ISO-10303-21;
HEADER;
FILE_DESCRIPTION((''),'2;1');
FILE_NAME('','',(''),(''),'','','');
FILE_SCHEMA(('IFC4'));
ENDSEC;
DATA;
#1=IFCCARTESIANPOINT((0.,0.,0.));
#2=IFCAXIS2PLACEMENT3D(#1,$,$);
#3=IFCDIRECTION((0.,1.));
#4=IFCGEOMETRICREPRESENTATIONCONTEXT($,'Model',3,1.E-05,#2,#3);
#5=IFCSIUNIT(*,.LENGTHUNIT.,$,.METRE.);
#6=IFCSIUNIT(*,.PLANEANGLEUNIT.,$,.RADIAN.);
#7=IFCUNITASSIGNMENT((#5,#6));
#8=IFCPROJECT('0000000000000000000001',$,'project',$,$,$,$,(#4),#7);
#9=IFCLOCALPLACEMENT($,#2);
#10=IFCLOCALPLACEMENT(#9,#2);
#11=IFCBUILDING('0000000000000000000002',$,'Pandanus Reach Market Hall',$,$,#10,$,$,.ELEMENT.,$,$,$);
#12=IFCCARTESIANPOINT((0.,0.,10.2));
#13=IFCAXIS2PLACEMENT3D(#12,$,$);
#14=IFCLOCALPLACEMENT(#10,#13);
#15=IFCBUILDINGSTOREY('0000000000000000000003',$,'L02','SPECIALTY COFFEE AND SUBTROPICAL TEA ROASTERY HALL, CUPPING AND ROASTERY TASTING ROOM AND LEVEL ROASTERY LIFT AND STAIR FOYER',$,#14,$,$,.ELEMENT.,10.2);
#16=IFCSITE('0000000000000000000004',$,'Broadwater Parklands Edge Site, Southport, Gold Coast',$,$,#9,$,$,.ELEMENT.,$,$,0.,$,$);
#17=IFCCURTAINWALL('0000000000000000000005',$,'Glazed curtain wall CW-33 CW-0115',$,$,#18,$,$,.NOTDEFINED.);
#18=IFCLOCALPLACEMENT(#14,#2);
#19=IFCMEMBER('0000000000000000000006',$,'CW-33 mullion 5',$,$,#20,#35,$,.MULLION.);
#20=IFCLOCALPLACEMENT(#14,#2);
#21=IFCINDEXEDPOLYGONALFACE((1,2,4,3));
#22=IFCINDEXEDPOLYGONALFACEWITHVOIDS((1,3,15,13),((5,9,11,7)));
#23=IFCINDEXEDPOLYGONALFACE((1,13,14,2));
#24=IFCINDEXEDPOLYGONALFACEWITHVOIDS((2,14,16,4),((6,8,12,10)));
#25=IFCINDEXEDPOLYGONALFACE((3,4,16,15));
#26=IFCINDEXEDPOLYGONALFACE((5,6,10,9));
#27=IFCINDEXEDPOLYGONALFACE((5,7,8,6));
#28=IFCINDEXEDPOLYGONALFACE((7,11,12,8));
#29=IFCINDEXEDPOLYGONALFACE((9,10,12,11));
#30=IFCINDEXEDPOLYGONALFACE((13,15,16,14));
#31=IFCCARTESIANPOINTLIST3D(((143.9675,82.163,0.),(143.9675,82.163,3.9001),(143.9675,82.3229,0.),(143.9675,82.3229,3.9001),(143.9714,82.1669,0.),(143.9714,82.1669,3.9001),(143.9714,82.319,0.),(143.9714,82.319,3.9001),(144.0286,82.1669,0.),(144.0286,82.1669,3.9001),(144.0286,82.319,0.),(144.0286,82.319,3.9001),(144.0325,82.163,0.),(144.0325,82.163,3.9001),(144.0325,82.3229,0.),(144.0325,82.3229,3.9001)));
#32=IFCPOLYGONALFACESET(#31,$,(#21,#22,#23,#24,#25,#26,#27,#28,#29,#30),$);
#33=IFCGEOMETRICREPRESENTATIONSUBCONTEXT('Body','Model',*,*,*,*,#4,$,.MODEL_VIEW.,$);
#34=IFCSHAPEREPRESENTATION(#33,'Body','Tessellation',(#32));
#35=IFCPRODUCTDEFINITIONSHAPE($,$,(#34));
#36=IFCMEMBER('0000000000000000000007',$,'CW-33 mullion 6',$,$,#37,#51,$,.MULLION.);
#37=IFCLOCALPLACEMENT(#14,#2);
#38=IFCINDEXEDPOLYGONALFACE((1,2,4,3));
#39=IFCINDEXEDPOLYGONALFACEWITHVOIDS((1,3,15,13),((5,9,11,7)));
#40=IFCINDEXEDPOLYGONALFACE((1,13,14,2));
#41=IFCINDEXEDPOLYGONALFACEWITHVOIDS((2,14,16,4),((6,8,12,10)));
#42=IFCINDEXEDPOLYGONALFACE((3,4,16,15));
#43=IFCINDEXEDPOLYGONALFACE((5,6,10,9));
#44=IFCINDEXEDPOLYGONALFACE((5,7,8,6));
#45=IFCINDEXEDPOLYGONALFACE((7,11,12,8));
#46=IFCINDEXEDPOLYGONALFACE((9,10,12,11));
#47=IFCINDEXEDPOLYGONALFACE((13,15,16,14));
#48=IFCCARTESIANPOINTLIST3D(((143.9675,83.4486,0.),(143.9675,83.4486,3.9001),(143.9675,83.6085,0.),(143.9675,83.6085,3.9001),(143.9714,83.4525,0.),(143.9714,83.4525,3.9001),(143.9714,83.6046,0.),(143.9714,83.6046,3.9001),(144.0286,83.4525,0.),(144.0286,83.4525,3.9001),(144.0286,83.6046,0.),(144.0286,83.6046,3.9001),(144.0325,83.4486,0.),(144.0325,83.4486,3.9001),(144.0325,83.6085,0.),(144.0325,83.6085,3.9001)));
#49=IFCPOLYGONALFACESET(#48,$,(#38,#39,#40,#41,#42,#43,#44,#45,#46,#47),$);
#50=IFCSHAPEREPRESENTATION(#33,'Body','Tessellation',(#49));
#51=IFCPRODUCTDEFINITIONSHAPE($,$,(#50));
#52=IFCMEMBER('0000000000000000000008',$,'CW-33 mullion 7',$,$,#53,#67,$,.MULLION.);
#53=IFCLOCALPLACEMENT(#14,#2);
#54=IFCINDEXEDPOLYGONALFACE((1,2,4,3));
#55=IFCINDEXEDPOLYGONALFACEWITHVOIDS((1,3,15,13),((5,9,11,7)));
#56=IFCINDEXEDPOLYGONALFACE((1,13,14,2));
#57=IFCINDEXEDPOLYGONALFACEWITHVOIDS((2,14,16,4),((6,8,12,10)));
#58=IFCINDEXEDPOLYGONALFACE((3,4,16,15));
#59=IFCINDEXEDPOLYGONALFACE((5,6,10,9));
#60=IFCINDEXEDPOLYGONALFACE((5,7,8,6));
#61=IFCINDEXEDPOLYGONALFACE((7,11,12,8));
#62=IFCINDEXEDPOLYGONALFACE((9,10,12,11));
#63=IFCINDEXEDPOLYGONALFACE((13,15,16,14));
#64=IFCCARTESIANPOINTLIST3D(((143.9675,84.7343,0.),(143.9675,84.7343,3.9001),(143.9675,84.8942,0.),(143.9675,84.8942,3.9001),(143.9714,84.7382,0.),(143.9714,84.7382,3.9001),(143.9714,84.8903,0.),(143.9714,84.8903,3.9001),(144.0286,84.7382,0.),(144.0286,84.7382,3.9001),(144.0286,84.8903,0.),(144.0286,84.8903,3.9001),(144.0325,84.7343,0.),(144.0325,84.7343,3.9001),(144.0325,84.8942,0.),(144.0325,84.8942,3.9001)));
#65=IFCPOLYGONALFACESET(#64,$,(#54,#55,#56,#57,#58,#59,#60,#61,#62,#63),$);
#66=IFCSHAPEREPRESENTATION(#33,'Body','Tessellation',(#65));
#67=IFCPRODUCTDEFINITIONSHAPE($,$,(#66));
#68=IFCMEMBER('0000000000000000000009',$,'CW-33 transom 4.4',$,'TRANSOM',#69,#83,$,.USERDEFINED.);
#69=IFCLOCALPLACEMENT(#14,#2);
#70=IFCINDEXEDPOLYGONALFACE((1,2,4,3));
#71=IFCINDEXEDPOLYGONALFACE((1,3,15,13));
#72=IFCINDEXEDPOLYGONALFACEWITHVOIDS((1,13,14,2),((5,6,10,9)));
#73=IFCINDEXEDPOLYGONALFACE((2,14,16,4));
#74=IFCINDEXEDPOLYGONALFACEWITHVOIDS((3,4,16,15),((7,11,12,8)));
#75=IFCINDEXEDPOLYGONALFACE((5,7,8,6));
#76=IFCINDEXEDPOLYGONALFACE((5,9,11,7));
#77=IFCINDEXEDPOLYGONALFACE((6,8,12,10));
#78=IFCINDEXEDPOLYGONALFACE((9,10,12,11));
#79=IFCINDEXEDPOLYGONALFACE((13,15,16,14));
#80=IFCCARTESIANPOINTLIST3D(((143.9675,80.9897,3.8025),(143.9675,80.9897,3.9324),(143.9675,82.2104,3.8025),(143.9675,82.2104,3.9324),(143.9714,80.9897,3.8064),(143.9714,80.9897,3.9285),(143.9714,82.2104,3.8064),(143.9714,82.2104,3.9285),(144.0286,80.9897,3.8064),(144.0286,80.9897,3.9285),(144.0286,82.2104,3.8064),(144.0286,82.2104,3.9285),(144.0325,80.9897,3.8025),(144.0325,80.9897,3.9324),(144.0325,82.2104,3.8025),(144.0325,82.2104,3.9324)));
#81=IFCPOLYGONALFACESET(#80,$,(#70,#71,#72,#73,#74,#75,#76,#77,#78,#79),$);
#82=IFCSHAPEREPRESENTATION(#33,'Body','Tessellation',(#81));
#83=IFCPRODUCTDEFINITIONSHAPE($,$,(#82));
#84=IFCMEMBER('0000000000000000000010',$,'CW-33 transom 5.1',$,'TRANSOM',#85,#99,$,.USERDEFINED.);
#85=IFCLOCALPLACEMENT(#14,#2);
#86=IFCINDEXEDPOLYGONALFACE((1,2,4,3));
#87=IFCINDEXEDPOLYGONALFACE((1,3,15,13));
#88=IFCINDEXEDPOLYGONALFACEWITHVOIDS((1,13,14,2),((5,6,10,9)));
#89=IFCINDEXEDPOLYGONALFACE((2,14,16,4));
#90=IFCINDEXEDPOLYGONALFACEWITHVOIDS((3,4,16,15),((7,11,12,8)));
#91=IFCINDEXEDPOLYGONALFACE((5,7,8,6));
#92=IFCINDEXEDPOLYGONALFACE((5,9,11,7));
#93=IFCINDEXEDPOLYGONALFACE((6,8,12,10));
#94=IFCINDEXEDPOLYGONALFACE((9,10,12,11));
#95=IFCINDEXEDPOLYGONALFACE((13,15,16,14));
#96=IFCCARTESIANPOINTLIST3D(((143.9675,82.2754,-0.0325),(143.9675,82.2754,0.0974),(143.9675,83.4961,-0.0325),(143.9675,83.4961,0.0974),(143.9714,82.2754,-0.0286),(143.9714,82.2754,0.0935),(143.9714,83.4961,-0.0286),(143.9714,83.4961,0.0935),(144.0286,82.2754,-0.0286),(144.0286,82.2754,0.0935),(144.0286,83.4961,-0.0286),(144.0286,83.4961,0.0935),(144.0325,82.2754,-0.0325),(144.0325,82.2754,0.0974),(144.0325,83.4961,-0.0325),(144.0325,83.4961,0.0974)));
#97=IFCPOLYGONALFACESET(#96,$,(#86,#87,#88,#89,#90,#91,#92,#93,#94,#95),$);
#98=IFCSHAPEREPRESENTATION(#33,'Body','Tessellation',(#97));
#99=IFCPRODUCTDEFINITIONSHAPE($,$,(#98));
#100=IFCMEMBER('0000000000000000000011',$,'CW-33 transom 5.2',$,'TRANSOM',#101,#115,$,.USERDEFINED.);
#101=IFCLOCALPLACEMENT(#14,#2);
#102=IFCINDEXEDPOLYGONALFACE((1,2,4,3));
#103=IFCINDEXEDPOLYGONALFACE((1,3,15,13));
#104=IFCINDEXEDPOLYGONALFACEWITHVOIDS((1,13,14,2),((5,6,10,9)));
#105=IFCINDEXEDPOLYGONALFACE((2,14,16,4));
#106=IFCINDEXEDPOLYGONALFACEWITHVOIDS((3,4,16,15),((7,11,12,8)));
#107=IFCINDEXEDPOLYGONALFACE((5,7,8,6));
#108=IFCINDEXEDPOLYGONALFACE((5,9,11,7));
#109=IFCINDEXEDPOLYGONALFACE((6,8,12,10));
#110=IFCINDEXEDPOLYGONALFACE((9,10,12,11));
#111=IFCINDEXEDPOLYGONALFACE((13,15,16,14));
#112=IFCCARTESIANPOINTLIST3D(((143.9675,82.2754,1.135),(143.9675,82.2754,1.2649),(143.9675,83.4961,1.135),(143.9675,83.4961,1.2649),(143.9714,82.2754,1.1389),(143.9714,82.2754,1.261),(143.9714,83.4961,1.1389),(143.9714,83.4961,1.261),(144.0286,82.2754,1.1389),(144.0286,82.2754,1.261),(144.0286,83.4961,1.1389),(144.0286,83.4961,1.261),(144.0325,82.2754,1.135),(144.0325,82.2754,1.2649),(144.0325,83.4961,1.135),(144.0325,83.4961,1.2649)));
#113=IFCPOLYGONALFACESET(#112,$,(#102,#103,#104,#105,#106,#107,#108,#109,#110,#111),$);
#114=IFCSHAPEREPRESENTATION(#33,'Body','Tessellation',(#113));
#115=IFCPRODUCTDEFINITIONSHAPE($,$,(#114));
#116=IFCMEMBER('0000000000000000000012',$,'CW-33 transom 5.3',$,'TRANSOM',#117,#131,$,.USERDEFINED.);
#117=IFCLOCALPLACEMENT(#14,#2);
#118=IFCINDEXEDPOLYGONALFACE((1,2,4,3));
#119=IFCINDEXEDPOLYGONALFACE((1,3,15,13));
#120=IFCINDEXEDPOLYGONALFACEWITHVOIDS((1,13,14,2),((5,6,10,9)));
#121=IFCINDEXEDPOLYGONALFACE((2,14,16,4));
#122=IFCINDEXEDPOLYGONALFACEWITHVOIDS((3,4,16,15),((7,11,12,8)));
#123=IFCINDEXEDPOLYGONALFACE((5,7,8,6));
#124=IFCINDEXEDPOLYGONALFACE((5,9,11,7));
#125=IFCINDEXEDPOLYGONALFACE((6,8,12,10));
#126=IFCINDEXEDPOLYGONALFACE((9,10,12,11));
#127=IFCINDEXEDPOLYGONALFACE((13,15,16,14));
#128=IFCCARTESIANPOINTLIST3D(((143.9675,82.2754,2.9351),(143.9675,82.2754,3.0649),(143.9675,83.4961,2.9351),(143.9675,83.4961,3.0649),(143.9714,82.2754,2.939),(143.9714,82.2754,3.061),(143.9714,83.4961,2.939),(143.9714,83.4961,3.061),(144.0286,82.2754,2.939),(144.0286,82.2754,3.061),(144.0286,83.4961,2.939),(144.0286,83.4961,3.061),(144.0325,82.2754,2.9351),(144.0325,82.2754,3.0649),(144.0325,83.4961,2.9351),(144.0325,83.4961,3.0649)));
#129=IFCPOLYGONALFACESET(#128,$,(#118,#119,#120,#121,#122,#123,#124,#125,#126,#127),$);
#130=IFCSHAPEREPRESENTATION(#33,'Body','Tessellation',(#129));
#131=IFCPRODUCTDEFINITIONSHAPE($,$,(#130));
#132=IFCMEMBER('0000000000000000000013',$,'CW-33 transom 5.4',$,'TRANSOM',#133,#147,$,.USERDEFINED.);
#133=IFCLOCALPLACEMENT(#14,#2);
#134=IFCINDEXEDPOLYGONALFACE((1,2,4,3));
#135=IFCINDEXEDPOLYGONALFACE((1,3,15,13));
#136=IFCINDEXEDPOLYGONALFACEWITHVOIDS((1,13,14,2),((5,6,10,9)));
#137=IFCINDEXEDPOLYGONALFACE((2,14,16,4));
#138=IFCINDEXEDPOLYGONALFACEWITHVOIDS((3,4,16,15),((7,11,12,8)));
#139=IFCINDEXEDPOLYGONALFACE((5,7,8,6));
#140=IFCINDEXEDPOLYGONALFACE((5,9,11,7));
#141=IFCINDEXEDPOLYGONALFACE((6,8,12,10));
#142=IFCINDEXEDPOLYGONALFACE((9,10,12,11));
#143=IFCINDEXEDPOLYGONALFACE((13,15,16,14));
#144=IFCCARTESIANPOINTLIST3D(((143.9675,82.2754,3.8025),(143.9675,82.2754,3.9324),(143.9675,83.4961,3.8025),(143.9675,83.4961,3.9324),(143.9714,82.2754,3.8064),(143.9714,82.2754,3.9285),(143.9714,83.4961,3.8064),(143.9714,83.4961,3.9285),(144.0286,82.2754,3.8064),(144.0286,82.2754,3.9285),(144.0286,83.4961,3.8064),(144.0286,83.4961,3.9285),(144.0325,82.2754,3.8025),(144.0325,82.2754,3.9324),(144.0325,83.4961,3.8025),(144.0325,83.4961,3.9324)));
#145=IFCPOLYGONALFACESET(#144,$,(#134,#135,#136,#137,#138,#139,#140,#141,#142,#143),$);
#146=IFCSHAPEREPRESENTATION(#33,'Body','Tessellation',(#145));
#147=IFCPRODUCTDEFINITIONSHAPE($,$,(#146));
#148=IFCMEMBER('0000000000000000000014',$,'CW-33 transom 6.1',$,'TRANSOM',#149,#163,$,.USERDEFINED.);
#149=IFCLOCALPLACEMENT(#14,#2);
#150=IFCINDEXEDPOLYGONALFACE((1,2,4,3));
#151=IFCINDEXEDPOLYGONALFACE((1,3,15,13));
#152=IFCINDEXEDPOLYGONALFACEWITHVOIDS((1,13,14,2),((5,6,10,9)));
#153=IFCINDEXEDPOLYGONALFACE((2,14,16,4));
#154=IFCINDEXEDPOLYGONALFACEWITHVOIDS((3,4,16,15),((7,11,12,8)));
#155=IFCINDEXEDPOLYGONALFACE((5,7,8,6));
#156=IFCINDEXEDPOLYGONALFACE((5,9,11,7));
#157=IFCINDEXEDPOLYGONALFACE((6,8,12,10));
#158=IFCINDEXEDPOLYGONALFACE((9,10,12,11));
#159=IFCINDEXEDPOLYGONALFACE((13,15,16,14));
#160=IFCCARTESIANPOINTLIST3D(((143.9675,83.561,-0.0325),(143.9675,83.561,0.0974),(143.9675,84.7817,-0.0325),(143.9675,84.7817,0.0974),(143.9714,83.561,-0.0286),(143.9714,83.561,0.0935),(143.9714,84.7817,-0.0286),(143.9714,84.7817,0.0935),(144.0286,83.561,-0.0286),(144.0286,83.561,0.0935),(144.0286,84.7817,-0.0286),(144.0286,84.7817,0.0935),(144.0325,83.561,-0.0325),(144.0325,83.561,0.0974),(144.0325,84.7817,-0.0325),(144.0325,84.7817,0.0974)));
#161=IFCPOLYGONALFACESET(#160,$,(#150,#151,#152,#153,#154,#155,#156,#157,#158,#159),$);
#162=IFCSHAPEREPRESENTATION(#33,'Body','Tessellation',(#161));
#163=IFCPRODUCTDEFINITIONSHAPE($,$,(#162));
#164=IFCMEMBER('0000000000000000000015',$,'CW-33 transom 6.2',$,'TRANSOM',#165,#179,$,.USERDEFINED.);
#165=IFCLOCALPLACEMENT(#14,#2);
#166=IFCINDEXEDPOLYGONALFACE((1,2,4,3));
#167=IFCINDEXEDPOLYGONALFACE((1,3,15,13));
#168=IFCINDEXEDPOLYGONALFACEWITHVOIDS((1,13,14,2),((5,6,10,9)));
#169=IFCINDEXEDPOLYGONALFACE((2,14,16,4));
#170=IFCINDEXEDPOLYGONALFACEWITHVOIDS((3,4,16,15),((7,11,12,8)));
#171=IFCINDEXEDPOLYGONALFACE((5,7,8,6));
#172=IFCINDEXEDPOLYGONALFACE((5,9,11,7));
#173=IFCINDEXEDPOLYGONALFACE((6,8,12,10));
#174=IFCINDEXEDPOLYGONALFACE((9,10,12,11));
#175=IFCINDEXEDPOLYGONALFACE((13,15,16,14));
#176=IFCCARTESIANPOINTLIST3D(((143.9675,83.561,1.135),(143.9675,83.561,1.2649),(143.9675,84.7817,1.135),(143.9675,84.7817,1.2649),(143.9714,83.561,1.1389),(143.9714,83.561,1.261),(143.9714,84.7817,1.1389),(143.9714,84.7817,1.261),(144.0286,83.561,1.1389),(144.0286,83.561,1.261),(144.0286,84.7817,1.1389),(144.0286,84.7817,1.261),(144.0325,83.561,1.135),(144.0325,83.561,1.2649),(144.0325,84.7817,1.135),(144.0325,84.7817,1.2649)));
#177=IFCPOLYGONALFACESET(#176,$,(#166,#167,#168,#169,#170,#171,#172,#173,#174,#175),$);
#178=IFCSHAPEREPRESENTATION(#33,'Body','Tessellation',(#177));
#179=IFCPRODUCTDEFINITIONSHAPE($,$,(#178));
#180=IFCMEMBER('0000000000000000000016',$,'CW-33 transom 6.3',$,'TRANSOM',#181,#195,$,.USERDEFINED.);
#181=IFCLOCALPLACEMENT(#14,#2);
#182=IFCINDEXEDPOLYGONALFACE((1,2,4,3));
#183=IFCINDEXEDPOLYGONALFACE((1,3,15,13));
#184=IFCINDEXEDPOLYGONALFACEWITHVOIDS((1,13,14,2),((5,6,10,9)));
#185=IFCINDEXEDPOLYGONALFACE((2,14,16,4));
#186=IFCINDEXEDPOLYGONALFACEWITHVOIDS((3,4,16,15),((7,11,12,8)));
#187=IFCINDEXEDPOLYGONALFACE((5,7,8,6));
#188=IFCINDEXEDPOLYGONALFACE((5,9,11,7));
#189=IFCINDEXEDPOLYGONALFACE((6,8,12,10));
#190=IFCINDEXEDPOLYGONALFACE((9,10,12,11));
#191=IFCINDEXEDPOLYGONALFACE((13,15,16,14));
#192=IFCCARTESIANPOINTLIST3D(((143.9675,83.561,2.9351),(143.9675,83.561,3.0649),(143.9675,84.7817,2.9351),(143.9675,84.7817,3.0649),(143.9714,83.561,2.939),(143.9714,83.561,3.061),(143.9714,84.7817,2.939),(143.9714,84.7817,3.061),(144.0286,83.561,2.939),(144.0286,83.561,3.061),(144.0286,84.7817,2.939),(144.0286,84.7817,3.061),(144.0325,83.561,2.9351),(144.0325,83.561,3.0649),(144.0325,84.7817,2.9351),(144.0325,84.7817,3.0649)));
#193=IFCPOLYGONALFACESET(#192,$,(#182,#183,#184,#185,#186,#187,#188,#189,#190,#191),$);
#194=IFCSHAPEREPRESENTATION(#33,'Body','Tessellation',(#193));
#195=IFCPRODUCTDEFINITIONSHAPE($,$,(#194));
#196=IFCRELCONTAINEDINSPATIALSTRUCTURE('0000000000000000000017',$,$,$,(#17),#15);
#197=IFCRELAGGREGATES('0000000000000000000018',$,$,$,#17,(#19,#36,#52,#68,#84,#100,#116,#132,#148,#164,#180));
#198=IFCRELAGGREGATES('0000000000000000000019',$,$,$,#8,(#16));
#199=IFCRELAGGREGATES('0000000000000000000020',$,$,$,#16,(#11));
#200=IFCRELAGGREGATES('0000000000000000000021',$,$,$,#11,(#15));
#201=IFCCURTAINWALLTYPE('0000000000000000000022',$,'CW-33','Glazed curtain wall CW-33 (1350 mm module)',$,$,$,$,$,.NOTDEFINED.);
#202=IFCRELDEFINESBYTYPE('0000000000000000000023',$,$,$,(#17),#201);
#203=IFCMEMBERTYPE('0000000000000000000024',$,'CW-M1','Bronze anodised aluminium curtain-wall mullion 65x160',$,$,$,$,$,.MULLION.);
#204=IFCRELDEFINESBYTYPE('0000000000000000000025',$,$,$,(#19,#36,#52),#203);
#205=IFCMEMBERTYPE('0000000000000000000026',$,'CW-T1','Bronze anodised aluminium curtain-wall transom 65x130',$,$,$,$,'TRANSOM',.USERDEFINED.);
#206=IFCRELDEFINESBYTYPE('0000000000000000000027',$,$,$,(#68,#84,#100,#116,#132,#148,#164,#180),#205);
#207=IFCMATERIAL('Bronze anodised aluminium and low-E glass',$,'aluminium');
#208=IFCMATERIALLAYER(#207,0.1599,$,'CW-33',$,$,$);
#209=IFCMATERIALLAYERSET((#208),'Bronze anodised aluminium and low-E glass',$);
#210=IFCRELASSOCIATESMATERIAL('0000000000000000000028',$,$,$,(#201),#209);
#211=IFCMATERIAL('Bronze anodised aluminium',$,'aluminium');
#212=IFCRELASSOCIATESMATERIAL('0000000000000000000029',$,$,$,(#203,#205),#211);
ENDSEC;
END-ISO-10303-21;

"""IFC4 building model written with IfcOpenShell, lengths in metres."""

from ifc_helpers import new_model, si_unit, direction, frame, origin, origin_2d, place, context, subcontext, project, spatial, hollow_rectangle, extrude, material, layer, layer_set, material_profile, profile_set, type_object, element, aggregate, save


model = new_model("IFC4")

# Units and contexts
model_context = context("Model", 3, precision=1e-05, world=origin(), true_north=direction((0.0, 1.0)))
body_context = subcontext(model_context, "Body", "Model", "MODEL_VIEW")
ifc_project = project(units=[si_unit("LENGTHUNIT", "METRE"), si_unit("PLANEANGLEUNIT", "RADIAN")], contexts=[model_context])

# Site, building, storey
site_placement = place(None, origin())
site = spatial("IfcSite", under=ifc_project, at=site_placement, Name="Broadwater Parklands Edge Site, Southport, Gold Coast", CompositionType="ELEMENT", RefElevation=0.0)
building_placement = place(site_placement, origin())
building = spatial("IfcBuilding", under=site, at=building_placement, Name="Pandanus Reach Market Hall", CompositionType="ELEMENT")
storey_placement = place(building_placement, frame((0.0, 0.0, 10.2)))
storey = spatial("IfcBuildingStorey", under=building, at=storey_placement, Name="L02", Description="SPECIALTY COFFEE AND SUBTROPICAL TEA ROASTERY HALL, CUPPING AND ROASTERY TASTING ROOM AND LEVEL ROASTERY LIFT AND STAIR FOYER", CompositionType="ELEMENT", Elevation=10.2)

# Curtain wall, members
ifc_material_1 = material(Name="Bronze anodised aluminium and low-E glass", Category="aluminium")
ifc_layer_1 = layer(ifc_material_1, 0.1599, Name="CW-33")
ifc_layer_set_1 = layer_set([ifc_layer_1], Name="Bronze anodised aluminium and low-E glass")
curtain_wall_type = type_object("IfcCurtainWallType", Name="CW-33", Description="Glazed curtain wall CW-33 (1350 mm module)", PredefinedType="NOTDEFINED", material=ifc_layer_set_1)
curtain_wall_placement = place(storey_placement, origin())
curtain_wall = element("IfcCurtainWall", 1, at=curtain_wall_placement, inside=storey, type_object=curtain_wall_type, Name="Glazed curtain wall CW-33 CW-0115", PredefinedType="NOTDEFINED")
ifc_material_2 = material(Name="Bronze anodised aluminium", Category="aluminium")
ifc_material_profile_1 = material_profile(ifc_material_2, hollow_rectangle(XDim=0.0649, YDim=0.1599, WallThickness=0.0039, at=origin_2d()), Name="ALU65x160", Category="LoadBearing")
ifc_profile_set_1 = profile_set([ifc_material_profile_1], Name="Bronze anodised aluminium")
member_type_1 = type_object("IfcMemberType", Name="CW-M1", Description="Bronze anodised aluminium curtain-wall mullion 65x160", PredefinedType="MULLION", material=ifc_profile_set_1)
member_1_placement = place(storey_placement, frame((144.0, 82.2429, 0.0), z_axis=(0.0, 0.0, 1.0), x_axis=(-1.0, 0.0, 0.0)))
member_1 = element("IfcMember", 2, at=member_1_placement, type_object=member_type_1, Name="CW-33 mullion 5", PredefinedType="MULLION", context=body_context, shape_type="SweptSolid", body=[
    extrude(hollow_rectangle(XDim=0.0649, YDim=0.1599, WallThickness=0.0039, at=origin_2d()), origin(), (0.0, 0.0, 1.0), 3.9001),
])
member_2_placement = place(storey_placement, frame((144.0, 83.5286, 0.0), z_axis=(0.0, 0.0, 1.0), x_axis=(-1.0, 0.0, 0.0)))
member_2 = element("IfcMember", 3, at=member_2_placement, type_object=member_type_1, Name="CW-33 mullion 6", PredefinedType="MULLION", context=body_context, shape_type="SweptSolid", body=[
    extrude(hollow_rectangle(XDim=0.0649, YDim=0.1599, WallThickness=0.0039, at=origin_2d()), origin(), (0.0, 0.0, 1.0), 3.9001),
])
member_3_placement = place(storey_placement, frame((144.0, 84.8142, 0.0), z_axis=(0.0, 0.0, 1.0), x_axis=(-1.0, 0.0, 0.0)))
member_3 = element("IfcMember", 4, at=member_3_placement, type_object=member_type_1, Name="CW-33 mullion 7", PredefinedType="MULLION", context=body_context, shape_type="SweptSolid", body=[
    extrude(hollow_rectangle(XDim=0.0649, YDim=0.1599, WallThickness=0.0039, at=origin_2d()), origin(), (0.0, 0.0, 1.0), 3.9001),
])
ifc_material_profile_2 = material_profile(ifc_material_2, hollow_rectangle(XDim=0.0649, YDim=0.1299, WallThickness=0.0039, at=origin_2d()), Name="ALU65x130", Category="LoadBearing")
ifc_profile_set_2 = profile_set([ifc_material_profile_2], Name="Bronze anodised aluminium")
member_type_2 = type_object("IfcMemberType", Name="CW-T1", Description="Bronze anodised aluminium curtain-wall transom 65x130", ElementType="TRANSOM", PredefinedType="USERDEFINED", material=ifc_profile_set_2)
member_4_placement = place(storey_placement, frame((144.0, 80.9897, 3.8674), z_axis=(0.0, 1.0, 0.0), x_axis=(-1.0, 0.0, 0.0)))
member_4 = element("IfcMember", 5, at=member_4_placement, type_object=member_type_2, Name="CW-33 transom 4.4", ObjectType="TRANSOM", PredefinedType="USERDEFINED", context=body_context, shape_type="SweptSolid", body=[
    extrude(hollow_rectangle(XDim=0.0649, YDim=0.1299, WallThickness=0.0039, at=origin_2d()), origin(), (0.0, 0.0, 1.0), 1.2207),
])
member_5_placement = place(storey_placement, frame((144.0, 82.2754, 0.0325), z_axis=(0.0, 1.0, 0.0), x_axis=(-1.0, 0.0, 0.0)))
member_5 = element("IfcMember", 6, at=member_5_placement, type_object=member_type_2, Name="CW-33 transom 5.1", ObjectType="TRANSOM", PredefinedType="USERDEFINED", context=body_context, shape_type="SweptSolid", body=[
    extrude(hollow_rectangle(XDim=0.0649, YDim=0.1299, WallThickness=0.0039, at=origin_2d()), origin(), (0.0, 0.0, 1.0), 1.2207),
])
member_6_placement = place(storey_placement, frame((144.0, 82.2754, 1.2), z_axis=(0.0, 1.0, 0.0), x_axis=(-1.0, 0.0, 0.0)))
member_6 = element("IfcMember", 7, at=member_6_placement, type_object=member_type_2, Name="CW-33 transom 5.2", ObjectType="TRANSOM", PredefinedType="USERDEFINED", context=body_context, shape_type="SweptSolid", body=[
    extrude(hollow_rectangle(XDim=0.0649, YDim=0.1299, WallThickness=0.0039, at=origin_2d()), origin(), (0.0, 0.0, 1.0), 1.2207),
])
member_7_placement = place(storey_placement, frame((144.0, 82.2754, 3.0), z_axis=(0.0, 1.0, 0.0), x_axis=(-1.0, 0.0, 0.0)))
member_7 = element("IfcMember", 8, at=member_7_placement, type_object=member_type_2, Name="CW-33 transom 5.3", ObjectType="TRANSOM", PredefinedType="USERDEFINED", context=body_context, shape_type="SweptSolid", body=[
    extrude(hollow_rectangle(XDim=0.0649, YDim=0.1299, WallThickness=0.0039, at=origin_2d()), origin(), (0.0, 0.0, 1.0), 1.2207),
])
member_8_placement = place(storey_placement, frame((144.0, 82.2754, 3.8674), z_axis=(0.0, 1.0, 0.0), x_axis=(-1.0, 0.0, 0.0)))
member_8 = element("IfcMember", 9, at=member_8_placement, type_object=member_type_2, Name="CW-33 transom 5.4", ObjectType="TRANSOM", PredefinedType="USERDEFINED", context=body_context, shape_type="SweptSolid", body=[
    extrude(hollow_rectangle(XDim=0.0649, YDim=0.1299, WallThickness=0.0039, at=origin_2d()), origin(), (0.0, 0.0, 1.0), 1.2207),
])
member_9_placement = place(storey_placement, frame((144.0, 83.561, 0.0325), z_axis=(0.0, 1.0, 0.0), x_axis=(-1.0, 0.0, 0.0)))
member_9 = element("IfcMember", 10, at=member_9_placement, type_object=member_type_2, Name="CW-33 transom 6.1", ObjectType="TRANSOM", PredefinedType="USERDEFINED", context=body_context, shape_type="SweptSolid", body=[
    extrude(hollow_rectangle(XDim=0.0649, YDim=0.1299, WallThickness=0.0039, at=origin_2d()), origin(), (0.0, 0.0, 1.0), 1.2207),
])
member_10_placement = place(storey_placement, frame((144.0, 83.561, 1.2), z_axis=(0.0, 1.0, 0.0), x_axis=(-1.0, 0.0, 0.0)))
member_10 = element("IfcMember", 11, at=member_10_placement, type_object=member_type_2, Name="CW-33 transom 6.2", ObjectType="TRANSOM", PredefinedType="USERDEFINED", context=body_context, shape_type="SweptSolid", body=[
    extrude(hollow_rectangle(XDim=0.0649, YDim=0.1299, WallThickness=0.0039, at=origin_2d()), origin(), (0.0, 0.0, 1.0), 1.2207),
])
member_11_placement = place(storey_placement, frame((144.0, 83.561, 3.0), z_axis=(0.0, 1.0, 0.0), x_axis=(-1.0, 0.0, 0.0)))
member_11 = element("IfcMember", 12, at=member_11_placement, type_object=member_type_2, Name="CW-33 transom 6.3", ObjectType="TRANSOM", PredefinedType="USERDEFINED", context=body_context, shape_type="SweptSolid", body=[
    extrude(hollow_rectangle(XDim=0.0649, YDim=0.1299, WallThickness=0.0039, at=origin_2d()), origin(), (0.0, 0.0, 1.0), 1.2207),
])
aggregate(curtain_wall, [member_1, member_2, member_3, member_4, member_5, member_6, member_7, member_8, member_9, member_10, member_11])

save(model, "model.ifc")
